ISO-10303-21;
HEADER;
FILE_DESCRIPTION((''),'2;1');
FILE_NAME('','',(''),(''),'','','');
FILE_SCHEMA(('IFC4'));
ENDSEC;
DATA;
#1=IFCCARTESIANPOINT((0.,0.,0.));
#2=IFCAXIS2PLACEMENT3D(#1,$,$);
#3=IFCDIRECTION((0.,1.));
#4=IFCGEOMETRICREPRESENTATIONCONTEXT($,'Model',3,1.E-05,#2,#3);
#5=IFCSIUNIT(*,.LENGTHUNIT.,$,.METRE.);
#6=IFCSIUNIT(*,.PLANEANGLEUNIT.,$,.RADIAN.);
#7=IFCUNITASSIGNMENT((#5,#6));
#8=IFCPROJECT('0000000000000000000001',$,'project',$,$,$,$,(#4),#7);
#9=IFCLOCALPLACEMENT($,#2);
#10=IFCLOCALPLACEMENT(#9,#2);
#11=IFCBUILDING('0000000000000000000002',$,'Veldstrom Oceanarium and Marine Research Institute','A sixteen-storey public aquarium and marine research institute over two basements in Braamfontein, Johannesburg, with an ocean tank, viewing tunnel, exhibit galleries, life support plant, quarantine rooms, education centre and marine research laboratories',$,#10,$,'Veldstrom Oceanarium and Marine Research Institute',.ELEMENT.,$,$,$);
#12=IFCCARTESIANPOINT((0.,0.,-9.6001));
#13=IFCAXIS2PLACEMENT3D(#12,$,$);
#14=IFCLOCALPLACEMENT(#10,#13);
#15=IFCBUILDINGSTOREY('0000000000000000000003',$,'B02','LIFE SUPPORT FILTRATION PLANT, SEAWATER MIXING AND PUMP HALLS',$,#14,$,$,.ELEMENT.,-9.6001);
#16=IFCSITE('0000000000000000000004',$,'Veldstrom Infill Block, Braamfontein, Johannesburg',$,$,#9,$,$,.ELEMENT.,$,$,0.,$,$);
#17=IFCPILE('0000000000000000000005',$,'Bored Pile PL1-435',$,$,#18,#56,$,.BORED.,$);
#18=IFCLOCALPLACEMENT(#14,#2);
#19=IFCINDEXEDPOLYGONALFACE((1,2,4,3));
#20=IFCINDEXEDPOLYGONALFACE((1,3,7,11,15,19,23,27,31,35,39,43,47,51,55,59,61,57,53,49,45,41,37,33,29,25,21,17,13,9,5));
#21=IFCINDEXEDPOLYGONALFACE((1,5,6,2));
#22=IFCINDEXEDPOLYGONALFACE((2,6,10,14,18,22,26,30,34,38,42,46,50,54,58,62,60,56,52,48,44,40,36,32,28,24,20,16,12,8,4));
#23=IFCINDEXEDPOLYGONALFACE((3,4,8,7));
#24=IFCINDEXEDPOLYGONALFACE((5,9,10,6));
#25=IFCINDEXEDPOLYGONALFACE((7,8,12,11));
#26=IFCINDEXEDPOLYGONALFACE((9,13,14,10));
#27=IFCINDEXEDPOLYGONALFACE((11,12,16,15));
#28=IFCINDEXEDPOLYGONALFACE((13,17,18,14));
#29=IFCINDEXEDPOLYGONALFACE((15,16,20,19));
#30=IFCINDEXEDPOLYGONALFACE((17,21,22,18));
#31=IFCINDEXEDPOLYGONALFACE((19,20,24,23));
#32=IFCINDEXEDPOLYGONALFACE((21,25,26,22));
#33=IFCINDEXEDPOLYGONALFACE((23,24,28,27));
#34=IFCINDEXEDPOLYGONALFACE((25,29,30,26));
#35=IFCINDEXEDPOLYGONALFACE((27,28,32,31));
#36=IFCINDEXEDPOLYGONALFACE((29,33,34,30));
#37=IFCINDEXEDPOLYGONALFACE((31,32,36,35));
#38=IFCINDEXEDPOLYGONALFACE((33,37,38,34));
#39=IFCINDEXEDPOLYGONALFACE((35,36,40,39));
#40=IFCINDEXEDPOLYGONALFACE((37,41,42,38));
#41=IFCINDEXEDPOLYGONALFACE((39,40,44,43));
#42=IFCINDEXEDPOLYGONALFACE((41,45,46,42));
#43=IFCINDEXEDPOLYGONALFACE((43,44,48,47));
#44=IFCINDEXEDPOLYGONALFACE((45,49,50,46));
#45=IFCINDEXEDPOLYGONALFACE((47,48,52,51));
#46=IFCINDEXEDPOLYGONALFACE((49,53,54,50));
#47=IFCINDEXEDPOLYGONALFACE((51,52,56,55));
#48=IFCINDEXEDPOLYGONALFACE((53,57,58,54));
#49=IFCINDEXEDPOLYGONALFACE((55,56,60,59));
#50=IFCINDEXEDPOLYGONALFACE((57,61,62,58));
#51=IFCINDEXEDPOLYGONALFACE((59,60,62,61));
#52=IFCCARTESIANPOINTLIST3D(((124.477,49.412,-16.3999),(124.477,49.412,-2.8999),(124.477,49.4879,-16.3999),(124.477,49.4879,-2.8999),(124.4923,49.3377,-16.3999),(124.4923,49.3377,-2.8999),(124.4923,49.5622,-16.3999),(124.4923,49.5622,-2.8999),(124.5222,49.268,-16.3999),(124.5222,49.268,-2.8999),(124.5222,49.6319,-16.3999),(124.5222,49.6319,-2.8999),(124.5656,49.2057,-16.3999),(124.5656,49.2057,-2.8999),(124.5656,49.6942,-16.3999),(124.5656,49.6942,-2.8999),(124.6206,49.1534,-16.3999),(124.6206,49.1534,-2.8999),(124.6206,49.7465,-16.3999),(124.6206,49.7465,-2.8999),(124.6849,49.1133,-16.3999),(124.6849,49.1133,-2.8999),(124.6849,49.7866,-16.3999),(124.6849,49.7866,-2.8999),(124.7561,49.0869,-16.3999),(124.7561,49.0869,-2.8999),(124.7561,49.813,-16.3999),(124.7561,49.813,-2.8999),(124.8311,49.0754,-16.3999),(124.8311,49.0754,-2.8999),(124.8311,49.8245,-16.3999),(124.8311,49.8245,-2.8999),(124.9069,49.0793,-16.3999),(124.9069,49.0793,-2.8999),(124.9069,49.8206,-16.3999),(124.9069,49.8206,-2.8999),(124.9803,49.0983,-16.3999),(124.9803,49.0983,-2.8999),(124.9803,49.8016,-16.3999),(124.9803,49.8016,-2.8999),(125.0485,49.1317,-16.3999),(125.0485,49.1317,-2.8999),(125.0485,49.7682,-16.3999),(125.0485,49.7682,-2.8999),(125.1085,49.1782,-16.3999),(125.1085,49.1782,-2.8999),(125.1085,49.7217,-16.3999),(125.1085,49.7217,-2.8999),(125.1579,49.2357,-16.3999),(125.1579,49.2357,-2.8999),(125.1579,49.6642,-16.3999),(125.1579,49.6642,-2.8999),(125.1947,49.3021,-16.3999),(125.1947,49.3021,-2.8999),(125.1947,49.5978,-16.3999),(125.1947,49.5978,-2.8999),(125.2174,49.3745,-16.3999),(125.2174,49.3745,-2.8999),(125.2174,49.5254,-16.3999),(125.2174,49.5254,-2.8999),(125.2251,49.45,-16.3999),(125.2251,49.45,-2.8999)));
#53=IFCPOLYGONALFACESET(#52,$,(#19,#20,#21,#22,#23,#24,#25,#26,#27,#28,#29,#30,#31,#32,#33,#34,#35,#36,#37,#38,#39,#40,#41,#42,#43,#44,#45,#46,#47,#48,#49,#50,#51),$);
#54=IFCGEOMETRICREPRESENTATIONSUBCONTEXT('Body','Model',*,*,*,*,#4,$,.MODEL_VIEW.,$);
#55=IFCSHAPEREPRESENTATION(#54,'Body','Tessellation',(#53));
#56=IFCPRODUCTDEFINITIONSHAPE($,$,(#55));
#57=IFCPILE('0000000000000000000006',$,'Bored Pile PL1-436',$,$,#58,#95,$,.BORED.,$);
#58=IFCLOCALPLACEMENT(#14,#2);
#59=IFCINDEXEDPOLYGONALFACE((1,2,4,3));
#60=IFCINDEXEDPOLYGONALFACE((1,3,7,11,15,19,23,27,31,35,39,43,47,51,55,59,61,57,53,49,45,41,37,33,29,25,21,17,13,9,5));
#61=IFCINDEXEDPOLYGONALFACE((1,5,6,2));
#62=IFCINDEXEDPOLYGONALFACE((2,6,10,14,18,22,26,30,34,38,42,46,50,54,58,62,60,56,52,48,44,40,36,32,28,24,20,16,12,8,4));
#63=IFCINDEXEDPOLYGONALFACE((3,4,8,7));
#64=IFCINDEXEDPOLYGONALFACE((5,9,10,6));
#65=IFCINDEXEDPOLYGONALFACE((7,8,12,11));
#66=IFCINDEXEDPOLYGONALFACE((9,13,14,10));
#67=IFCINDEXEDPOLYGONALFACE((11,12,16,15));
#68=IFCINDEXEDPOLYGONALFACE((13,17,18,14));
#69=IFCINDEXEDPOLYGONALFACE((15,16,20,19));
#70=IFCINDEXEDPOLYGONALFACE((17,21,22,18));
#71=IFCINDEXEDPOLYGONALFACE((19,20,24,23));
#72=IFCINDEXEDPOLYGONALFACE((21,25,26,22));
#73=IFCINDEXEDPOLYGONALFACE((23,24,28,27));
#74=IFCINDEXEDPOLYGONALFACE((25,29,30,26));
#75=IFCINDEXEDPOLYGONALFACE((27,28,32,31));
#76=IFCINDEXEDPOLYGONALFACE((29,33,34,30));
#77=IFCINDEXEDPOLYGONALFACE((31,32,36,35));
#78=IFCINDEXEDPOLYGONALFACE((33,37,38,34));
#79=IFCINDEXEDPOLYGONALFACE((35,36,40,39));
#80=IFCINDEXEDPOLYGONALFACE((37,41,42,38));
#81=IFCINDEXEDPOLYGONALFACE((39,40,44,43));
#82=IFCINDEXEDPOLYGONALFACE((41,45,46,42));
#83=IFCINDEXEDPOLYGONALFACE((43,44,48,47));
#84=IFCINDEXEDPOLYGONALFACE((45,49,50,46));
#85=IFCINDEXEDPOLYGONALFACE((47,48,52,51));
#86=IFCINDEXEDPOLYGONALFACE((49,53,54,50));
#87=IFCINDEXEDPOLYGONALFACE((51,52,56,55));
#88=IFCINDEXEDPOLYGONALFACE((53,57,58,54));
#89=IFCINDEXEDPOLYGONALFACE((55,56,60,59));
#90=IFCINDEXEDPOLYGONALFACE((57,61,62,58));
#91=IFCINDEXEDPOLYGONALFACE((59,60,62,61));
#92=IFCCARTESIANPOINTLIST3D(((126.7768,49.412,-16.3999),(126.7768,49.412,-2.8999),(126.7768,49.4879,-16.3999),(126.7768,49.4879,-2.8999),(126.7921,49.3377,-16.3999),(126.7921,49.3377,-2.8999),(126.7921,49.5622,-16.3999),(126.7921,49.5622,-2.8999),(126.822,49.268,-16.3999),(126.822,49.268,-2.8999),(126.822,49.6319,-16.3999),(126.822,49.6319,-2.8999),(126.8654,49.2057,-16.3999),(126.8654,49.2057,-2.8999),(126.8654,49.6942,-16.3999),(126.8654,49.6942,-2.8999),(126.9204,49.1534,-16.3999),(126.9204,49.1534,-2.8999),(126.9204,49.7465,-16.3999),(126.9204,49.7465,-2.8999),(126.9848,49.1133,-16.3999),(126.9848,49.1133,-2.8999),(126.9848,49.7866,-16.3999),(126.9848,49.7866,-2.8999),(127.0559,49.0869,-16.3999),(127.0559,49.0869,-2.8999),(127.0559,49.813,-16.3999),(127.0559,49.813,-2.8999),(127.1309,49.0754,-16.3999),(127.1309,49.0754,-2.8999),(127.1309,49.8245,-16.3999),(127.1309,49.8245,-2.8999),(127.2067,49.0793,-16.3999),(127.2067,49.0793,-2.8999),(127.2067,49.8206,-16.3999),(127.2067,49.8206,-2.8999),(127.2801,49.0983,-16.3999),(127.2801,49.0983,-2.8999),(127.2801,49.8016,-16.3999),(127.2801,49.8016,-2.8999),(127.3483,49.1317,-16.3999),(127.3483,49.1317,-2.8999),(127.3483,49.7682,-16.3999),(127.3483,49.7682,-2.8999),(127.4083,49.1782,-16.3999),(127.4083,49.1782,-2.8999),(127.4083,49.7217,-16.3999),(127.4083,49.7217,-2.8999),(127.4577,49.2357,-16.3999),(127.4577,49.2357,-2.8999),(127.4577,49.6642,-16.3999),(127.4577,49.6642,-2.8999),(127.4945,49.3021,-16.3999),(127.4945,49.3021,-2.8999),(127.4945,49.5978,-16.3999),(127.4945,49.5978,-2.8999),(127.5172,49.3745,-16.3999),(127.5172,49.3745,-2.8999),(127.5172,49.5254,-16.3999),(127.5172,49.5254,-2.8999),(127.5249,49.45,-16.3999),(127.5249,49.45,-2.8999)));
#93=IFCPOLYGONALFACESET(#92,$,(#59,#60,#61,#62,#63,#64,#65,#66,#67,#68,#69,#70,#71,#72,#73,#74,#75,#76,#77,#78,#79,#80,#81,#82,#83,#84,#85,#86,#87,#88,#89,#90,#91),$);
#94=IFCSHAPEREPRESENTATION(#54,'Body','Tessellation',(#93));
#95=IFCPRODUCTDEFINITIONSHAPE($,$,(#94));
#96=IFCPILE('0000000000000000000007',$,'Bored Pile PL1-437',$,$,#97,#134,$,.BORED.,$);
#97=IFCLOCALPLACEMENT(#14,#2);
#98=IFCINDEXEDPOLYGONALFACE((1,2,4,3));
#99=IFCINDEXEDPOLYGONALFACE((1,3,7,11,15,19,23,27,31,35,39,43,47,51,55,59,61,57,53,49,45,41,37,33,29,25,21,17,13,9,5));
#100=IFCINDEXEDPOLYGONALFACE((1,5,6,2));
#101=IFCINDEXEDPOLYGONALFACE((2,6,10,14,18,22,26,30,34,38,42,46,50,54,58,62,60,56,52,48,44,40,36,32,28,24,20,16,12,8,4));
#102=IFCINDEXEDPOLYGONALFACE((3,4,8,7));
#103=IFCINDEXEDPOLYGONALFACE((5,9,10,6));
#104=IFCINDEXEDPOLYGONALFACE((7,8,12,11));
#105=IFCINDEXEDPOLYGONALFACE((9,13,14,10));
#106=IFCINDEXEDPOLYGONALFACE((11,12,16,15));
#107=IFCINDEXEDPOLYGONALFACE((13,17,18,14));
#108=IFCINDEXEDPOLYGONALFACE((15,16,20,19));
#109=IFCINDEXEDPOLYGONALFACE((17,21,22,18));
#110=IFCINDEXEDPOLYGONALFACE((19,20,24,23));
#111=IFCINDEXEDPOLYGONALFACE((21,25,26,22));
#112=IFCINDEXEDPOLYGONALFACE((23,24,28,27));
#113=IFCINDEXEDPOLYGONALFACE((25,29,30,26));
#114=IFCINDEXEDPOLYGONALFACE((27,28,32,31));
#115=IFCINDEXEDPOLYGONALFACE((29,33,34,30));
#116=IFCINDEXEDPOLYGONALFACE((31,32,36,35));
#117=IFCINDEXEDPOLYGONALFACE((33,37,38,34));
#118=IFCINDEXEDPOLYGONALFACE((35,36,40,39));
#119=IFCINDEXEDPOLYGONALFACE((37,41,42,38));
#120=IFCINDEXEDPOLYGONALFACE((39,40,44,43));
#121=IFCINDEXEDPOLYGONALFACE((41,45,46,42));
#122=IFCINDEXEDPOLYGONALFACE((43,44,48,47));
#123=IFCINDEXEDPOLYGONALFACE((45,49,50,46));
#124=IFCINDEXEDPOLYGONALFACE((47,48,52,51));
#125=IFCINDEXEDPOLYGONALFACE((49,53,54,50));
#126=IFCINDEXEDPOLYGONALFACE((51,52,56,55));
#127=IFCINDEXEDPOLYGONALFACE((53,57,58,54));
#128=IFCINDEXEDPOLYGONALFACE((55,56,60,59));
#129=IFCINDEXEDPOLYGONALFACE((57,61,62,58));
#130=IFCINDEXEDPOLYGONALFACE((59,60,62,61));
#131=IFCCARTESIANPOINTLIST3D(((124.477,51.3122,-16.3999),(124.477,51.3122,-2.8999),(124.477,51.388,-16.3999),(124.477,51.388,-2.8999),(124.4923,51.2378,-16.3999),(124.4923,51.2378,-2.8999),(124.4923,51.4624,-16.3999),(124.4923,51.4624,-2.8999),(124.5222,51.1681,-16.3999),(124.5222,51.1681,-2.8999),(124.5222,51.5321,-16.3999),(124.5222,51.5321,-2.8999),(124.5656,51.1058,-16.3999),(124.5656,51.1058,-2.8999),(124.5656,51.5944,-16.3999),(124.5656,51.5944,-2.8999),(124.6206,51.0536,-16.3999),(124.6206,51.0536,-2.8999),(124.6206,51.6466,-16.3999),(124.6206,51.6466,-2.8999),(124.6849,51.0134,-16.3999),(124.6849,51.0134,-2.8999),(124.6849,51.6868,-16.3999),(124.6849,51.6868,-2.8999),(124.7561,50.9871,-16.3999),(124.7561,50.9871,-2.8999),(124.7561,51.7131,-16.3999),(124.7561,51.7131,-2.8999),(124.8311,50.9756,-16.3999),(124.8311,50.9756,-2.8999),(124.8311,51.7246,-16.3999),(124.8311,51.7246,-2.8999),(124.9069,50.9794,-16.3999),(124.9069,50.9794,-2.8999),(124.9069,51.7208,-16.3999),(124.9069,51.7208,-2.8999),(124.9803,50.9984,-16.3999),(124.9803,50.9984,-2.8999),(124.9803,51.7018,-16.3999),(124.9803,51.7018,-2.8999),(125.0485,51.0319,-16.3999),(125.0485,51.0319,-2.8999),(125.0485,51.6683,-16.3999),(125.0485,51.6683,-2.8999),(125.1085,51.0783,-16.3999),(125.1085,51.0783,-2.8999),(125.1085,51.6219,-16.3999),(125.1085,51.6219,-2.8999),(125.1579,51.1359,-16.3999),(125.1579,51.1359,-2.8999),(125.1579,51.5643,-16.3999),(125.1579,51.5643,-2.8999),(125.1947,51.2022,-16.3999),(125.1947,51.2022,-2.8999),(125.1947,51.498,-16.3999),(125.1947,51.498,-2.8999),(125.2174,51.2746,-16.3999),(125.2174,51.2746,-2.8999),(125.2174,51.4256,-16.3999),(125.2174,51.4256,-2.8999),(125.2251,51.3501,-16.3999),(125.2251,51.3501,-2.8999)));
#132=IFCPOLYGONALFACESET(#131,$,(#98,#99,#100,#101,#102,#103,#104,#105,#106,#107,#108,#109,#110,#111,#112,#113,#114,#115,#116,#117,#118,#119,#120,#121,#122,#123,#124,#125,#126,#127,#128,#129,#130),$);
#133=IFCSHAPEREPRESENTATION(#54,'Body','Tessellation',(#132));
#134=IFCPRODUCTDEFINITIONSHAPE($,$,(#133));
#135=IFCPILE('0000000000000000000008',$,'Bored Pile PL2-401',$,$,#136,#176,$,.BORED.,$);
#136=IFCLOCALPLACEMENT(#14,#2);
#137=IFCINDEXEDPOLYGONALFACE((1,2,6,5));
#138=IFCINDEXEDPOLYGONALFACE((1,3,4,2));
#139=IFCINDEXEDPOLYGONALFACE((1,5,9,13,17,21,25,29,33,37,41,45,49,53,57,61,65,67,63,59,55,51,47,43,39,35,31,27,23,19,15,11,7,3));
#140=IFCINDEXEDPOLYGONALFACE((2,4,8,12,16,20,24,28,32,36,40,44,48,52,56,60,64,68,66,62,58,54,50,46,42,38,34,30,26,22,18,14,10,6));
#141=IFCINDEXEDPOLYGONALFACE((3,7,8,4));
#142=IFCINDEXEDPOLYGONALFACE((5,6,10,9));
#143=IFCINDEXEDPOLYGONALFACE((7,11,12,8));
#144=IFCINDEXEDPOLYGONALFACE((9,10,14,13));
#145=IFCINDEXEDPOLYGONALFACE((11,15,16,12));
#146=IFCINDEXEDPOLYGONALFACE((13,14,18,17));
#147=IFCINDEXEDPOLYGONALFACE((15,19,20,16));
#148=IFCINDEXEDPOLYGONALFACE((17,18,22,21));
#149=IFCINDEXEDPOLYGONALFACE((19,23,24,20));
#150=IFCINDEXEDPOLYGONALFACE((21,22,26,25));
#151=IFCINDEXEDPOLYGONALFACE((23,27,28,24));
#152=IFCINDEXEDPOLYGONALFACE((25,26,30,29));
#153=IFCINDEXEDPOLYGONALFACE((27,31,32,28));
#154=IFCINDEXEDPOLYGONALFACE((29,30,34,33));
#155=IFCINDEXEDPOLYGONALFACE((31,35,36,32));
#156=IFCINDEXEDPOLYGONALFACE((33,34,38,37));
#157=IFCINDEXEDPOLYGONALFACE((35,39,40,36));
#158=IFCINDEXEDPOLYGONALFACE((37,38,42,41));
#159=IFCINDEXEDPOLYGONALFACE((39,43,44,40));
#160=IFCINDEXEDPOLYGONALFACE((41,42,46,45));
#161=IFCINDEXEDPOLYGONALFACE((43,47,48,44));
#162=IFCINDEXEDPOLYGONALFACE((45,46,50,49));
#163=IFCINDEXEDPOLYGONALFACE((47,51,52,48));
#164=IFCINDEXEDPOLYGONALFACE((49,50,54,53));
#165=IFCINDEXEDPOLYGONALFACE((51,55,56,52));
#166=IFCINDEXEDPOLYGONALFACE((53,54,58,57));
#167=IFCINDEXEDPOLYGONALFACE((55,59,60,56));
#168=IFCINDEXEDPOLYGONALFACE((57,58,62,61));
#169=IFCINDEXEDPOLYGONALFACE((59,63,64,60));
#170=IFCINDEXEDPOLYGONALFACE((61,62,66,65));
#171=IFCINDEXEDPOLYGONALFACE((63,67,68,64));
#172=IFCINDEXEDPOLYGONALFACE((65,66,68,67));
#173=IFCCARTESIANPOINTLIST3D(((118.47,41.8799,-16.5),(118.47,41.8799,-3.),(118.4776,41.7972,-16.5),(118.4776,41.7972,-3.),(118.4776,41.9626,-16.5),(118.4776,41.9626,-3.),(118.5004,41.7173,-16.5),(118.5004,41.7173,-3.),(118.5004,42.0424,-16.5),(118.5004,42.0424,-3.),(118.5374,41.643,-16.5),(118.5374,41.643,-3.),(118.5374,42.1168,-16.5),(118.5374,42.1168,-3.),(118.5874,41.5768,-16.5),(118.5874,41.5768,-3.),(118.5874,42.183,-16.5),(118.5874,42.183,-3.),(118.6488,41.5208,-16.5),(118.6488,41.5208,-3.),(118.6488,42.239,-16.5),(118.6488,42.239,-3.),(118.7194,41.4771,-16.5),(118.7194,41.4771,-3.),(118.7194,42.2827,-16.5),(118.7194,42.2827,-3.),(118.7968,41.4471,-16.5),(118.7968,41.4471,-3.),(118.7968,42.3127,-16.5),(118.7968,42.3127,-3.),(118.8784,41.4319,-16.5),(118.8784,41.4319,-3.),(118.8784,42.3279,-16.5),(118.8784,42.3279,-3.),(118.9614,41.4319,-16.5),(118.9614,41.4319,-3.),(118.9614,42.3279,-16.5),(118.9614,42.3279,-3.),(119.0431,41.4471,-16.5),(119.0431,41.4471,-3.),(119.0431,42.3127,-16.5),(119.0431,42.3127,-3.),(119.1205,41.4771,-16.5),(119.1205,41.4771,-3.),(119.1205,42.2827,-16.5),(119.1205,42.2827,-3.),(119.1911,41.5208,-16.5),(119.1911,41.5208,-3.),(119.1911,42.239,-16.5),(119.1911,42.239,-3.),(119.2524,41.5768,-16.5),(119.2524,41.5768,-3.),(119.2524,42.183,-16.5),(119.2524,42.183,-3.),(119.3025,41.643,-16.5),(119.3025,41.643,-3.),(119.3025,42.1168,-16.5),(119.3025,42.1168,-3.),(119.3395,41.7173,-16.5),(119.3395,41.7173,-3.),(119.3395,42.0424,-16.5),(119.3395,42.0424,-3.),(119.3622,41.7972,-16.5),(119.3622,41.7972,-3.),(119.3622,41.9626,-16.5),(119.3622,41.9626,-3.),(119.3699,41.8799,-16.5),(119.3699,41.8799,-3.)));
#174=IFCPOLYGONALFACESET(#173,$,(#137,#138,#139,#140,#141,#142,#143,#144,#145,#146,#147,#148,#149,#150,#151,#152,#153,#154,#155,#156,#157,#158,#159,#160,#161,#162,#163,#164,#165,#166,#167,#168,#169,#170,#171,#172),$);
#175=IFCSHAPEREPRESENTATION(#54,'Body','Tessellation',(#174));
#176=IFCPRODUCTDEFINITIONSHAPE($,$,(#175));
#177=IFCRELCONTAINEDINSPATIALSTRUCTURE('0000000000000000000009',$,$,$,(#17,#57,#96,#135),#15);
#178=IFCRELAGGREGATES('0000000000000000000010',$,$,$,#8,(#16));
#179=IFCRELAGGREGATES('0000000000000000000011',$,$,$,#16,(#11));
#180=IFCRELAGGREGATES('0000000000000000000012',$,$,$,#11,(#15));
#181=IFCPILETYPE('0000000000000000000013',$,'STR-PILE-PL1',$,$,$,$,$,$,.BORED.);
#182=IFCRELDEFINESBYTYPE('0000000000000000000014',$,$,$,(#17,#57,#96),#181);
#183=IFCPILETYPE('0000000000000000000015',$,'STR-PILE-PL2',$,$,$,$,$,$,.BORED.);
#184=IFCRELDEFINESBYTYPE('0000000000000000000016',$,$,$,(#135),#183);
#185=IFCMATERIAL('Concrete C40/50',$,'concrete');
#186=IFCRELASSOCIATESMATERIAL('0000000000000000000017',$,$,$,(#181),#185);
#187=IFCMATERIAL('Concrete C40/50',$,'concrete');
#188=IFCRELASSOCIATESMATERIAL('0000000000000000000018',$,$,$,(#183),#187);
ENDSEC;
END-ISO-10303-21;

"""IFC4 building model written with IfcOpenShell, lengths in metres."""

from ifc_helpers import new_model, si_unit, direction, frame, origin, origin_2d, place, context, subcontext, project, spatial, circle, extrude, material, material_profile, profile_set, type_object, element, save


model = new_model("IFC4")

# Units and contexts
model_context = context("Model", 3, precision=1e-05, world=origin(), true_north=direction((0.0, 1.0)))
body_context = subcontext(model_context, "Body", "Model", "MODEL_VIEW")
ifc_project = project(units=[si_unit("LENGTHUNIT", "METRE"), si_unit("PLANEANGLEUNIT", "RADIAN")], contexts=[model_context])

# Site, building, storey
site_placement = place(None, origin())
site = spatial("IfcSite", under=ifc_project, at=site_placement, Name="Veldstrom Infill Block, Braamfontein, Johannesburg", CompositionType="ELEMENT", RefElevation=0.0)
building_placement = place(site_placement, origin())
building = spatial("IfcBuilding", under=site, at=building_placement, Name="Veldstrom Oceanarium and Marine Research Institute", Description="A sixteen-storey public aquarium and marine research institute over two basements in Braamfontein, Johannesburg, with an ocean tank, viewing tunnel, exhibit galleries, life support plant, quarantine rooms, education centre and marine research laboratories", LongName="Veldstrom Oceanarium and Marine Research Institute", CompositionType="ELEMENT")
storey_placement = place(building_placement, frame((0.0, 0.0, -9.6001)))
storey = spatial("IfcBuildingStorey", under=building, at=storey_placement, Name="B02", Description="LIFE SUPPORT FILTRATION PLANT, SEAWATER MIXING AND PUMP HALLS", CompositionType="ELEMENT", Elevation=-9.6001)

# Piles
ifc_material_1 = material(Name="Concrete C40/50", Category="concrete")
ifc_material_profile_1 = material_profile(ifc_material_1, circle(Radius=0.375, at=origin_2d()), Name="PILE-D750")
ifc_profile_set_1 = profile_set([ifc_material_profile_1], Name="Concrete C40/50")
pile_type_1 = type_object("IfcPileType", Name="STR-PILE-PL1", PredefinedType="BORED", material=ifc_profile_set_1)
for number, where, z_axis, x_axis, name in (
    (1, (124.8501, 49.45, -2.8999), (0.0, 0.0, -1.0), (1.0, 0.0, 0.0), "Bored Pile PL1-435"),
    (2, (127.1499, 49.45, -2.8999), (0.0, 0.0, -1.0), (1.0, 0.0, 0.0), "Bored Pile PL1-436"),
    (3, (124.8501, 51.3501, -2.8999), (0.0, 0.0, -1.0), (1.0, 0.0, 0.0), "Bored Pile PL1-437"),
):
    element("IfcPile", number, at=place(storey_placement, frame(where, z_axis=z_axis, x_axis=x_axis)), inside=storey, type_object=pile_type_1, Name=name, PredefinedType="BORED", context=body_context, shape_type="SweptSolid", body=[
        extrude(circle(Radius=0.375, at=origin_2d()), origin(), (0.0, 0.0, 1.0), 13.5),
    ])
ifc_material_2 = material(Name="Concrete C40/50", Category="concrete")
ifc_material_profile_2 = material_profile(ifc_material_2, circle(Radius=0.45, at=origin_2d()), Name="PILE-D900")
ifc_profile_set_2 = profile_set([ifc_material_profile_2], Name="Concrete C40/50")
pile_type_2 = type_object("IfcPileType", Name="STR-PILE-PL2", PredefinedType="BORED", material=ifc_profile_set_2)
for number, where, z_axis, x_axis, name in (
    (4, (118.9199, 41.8799, -3.0), (0.0, 0.0, -1.0), (1.0, 0.0, 0.0), "Bored Pile PL2-401"),
):
    element("IfcPile", number, at=place(storey_placement, frame(where, z_axis=z_axis, x_axis=x_axis)), inside=storey, type_object=pile_type_2, Name=name, PredefinedType="BORED", context=body_context, shape_type="SweptSolid", body=[
        extrude(circle(Radius=0.45, at=origin_2d()), origin(), (0.0, 0.0, 1.0), 13.5),
    ])

save(model, "model.ifc")
